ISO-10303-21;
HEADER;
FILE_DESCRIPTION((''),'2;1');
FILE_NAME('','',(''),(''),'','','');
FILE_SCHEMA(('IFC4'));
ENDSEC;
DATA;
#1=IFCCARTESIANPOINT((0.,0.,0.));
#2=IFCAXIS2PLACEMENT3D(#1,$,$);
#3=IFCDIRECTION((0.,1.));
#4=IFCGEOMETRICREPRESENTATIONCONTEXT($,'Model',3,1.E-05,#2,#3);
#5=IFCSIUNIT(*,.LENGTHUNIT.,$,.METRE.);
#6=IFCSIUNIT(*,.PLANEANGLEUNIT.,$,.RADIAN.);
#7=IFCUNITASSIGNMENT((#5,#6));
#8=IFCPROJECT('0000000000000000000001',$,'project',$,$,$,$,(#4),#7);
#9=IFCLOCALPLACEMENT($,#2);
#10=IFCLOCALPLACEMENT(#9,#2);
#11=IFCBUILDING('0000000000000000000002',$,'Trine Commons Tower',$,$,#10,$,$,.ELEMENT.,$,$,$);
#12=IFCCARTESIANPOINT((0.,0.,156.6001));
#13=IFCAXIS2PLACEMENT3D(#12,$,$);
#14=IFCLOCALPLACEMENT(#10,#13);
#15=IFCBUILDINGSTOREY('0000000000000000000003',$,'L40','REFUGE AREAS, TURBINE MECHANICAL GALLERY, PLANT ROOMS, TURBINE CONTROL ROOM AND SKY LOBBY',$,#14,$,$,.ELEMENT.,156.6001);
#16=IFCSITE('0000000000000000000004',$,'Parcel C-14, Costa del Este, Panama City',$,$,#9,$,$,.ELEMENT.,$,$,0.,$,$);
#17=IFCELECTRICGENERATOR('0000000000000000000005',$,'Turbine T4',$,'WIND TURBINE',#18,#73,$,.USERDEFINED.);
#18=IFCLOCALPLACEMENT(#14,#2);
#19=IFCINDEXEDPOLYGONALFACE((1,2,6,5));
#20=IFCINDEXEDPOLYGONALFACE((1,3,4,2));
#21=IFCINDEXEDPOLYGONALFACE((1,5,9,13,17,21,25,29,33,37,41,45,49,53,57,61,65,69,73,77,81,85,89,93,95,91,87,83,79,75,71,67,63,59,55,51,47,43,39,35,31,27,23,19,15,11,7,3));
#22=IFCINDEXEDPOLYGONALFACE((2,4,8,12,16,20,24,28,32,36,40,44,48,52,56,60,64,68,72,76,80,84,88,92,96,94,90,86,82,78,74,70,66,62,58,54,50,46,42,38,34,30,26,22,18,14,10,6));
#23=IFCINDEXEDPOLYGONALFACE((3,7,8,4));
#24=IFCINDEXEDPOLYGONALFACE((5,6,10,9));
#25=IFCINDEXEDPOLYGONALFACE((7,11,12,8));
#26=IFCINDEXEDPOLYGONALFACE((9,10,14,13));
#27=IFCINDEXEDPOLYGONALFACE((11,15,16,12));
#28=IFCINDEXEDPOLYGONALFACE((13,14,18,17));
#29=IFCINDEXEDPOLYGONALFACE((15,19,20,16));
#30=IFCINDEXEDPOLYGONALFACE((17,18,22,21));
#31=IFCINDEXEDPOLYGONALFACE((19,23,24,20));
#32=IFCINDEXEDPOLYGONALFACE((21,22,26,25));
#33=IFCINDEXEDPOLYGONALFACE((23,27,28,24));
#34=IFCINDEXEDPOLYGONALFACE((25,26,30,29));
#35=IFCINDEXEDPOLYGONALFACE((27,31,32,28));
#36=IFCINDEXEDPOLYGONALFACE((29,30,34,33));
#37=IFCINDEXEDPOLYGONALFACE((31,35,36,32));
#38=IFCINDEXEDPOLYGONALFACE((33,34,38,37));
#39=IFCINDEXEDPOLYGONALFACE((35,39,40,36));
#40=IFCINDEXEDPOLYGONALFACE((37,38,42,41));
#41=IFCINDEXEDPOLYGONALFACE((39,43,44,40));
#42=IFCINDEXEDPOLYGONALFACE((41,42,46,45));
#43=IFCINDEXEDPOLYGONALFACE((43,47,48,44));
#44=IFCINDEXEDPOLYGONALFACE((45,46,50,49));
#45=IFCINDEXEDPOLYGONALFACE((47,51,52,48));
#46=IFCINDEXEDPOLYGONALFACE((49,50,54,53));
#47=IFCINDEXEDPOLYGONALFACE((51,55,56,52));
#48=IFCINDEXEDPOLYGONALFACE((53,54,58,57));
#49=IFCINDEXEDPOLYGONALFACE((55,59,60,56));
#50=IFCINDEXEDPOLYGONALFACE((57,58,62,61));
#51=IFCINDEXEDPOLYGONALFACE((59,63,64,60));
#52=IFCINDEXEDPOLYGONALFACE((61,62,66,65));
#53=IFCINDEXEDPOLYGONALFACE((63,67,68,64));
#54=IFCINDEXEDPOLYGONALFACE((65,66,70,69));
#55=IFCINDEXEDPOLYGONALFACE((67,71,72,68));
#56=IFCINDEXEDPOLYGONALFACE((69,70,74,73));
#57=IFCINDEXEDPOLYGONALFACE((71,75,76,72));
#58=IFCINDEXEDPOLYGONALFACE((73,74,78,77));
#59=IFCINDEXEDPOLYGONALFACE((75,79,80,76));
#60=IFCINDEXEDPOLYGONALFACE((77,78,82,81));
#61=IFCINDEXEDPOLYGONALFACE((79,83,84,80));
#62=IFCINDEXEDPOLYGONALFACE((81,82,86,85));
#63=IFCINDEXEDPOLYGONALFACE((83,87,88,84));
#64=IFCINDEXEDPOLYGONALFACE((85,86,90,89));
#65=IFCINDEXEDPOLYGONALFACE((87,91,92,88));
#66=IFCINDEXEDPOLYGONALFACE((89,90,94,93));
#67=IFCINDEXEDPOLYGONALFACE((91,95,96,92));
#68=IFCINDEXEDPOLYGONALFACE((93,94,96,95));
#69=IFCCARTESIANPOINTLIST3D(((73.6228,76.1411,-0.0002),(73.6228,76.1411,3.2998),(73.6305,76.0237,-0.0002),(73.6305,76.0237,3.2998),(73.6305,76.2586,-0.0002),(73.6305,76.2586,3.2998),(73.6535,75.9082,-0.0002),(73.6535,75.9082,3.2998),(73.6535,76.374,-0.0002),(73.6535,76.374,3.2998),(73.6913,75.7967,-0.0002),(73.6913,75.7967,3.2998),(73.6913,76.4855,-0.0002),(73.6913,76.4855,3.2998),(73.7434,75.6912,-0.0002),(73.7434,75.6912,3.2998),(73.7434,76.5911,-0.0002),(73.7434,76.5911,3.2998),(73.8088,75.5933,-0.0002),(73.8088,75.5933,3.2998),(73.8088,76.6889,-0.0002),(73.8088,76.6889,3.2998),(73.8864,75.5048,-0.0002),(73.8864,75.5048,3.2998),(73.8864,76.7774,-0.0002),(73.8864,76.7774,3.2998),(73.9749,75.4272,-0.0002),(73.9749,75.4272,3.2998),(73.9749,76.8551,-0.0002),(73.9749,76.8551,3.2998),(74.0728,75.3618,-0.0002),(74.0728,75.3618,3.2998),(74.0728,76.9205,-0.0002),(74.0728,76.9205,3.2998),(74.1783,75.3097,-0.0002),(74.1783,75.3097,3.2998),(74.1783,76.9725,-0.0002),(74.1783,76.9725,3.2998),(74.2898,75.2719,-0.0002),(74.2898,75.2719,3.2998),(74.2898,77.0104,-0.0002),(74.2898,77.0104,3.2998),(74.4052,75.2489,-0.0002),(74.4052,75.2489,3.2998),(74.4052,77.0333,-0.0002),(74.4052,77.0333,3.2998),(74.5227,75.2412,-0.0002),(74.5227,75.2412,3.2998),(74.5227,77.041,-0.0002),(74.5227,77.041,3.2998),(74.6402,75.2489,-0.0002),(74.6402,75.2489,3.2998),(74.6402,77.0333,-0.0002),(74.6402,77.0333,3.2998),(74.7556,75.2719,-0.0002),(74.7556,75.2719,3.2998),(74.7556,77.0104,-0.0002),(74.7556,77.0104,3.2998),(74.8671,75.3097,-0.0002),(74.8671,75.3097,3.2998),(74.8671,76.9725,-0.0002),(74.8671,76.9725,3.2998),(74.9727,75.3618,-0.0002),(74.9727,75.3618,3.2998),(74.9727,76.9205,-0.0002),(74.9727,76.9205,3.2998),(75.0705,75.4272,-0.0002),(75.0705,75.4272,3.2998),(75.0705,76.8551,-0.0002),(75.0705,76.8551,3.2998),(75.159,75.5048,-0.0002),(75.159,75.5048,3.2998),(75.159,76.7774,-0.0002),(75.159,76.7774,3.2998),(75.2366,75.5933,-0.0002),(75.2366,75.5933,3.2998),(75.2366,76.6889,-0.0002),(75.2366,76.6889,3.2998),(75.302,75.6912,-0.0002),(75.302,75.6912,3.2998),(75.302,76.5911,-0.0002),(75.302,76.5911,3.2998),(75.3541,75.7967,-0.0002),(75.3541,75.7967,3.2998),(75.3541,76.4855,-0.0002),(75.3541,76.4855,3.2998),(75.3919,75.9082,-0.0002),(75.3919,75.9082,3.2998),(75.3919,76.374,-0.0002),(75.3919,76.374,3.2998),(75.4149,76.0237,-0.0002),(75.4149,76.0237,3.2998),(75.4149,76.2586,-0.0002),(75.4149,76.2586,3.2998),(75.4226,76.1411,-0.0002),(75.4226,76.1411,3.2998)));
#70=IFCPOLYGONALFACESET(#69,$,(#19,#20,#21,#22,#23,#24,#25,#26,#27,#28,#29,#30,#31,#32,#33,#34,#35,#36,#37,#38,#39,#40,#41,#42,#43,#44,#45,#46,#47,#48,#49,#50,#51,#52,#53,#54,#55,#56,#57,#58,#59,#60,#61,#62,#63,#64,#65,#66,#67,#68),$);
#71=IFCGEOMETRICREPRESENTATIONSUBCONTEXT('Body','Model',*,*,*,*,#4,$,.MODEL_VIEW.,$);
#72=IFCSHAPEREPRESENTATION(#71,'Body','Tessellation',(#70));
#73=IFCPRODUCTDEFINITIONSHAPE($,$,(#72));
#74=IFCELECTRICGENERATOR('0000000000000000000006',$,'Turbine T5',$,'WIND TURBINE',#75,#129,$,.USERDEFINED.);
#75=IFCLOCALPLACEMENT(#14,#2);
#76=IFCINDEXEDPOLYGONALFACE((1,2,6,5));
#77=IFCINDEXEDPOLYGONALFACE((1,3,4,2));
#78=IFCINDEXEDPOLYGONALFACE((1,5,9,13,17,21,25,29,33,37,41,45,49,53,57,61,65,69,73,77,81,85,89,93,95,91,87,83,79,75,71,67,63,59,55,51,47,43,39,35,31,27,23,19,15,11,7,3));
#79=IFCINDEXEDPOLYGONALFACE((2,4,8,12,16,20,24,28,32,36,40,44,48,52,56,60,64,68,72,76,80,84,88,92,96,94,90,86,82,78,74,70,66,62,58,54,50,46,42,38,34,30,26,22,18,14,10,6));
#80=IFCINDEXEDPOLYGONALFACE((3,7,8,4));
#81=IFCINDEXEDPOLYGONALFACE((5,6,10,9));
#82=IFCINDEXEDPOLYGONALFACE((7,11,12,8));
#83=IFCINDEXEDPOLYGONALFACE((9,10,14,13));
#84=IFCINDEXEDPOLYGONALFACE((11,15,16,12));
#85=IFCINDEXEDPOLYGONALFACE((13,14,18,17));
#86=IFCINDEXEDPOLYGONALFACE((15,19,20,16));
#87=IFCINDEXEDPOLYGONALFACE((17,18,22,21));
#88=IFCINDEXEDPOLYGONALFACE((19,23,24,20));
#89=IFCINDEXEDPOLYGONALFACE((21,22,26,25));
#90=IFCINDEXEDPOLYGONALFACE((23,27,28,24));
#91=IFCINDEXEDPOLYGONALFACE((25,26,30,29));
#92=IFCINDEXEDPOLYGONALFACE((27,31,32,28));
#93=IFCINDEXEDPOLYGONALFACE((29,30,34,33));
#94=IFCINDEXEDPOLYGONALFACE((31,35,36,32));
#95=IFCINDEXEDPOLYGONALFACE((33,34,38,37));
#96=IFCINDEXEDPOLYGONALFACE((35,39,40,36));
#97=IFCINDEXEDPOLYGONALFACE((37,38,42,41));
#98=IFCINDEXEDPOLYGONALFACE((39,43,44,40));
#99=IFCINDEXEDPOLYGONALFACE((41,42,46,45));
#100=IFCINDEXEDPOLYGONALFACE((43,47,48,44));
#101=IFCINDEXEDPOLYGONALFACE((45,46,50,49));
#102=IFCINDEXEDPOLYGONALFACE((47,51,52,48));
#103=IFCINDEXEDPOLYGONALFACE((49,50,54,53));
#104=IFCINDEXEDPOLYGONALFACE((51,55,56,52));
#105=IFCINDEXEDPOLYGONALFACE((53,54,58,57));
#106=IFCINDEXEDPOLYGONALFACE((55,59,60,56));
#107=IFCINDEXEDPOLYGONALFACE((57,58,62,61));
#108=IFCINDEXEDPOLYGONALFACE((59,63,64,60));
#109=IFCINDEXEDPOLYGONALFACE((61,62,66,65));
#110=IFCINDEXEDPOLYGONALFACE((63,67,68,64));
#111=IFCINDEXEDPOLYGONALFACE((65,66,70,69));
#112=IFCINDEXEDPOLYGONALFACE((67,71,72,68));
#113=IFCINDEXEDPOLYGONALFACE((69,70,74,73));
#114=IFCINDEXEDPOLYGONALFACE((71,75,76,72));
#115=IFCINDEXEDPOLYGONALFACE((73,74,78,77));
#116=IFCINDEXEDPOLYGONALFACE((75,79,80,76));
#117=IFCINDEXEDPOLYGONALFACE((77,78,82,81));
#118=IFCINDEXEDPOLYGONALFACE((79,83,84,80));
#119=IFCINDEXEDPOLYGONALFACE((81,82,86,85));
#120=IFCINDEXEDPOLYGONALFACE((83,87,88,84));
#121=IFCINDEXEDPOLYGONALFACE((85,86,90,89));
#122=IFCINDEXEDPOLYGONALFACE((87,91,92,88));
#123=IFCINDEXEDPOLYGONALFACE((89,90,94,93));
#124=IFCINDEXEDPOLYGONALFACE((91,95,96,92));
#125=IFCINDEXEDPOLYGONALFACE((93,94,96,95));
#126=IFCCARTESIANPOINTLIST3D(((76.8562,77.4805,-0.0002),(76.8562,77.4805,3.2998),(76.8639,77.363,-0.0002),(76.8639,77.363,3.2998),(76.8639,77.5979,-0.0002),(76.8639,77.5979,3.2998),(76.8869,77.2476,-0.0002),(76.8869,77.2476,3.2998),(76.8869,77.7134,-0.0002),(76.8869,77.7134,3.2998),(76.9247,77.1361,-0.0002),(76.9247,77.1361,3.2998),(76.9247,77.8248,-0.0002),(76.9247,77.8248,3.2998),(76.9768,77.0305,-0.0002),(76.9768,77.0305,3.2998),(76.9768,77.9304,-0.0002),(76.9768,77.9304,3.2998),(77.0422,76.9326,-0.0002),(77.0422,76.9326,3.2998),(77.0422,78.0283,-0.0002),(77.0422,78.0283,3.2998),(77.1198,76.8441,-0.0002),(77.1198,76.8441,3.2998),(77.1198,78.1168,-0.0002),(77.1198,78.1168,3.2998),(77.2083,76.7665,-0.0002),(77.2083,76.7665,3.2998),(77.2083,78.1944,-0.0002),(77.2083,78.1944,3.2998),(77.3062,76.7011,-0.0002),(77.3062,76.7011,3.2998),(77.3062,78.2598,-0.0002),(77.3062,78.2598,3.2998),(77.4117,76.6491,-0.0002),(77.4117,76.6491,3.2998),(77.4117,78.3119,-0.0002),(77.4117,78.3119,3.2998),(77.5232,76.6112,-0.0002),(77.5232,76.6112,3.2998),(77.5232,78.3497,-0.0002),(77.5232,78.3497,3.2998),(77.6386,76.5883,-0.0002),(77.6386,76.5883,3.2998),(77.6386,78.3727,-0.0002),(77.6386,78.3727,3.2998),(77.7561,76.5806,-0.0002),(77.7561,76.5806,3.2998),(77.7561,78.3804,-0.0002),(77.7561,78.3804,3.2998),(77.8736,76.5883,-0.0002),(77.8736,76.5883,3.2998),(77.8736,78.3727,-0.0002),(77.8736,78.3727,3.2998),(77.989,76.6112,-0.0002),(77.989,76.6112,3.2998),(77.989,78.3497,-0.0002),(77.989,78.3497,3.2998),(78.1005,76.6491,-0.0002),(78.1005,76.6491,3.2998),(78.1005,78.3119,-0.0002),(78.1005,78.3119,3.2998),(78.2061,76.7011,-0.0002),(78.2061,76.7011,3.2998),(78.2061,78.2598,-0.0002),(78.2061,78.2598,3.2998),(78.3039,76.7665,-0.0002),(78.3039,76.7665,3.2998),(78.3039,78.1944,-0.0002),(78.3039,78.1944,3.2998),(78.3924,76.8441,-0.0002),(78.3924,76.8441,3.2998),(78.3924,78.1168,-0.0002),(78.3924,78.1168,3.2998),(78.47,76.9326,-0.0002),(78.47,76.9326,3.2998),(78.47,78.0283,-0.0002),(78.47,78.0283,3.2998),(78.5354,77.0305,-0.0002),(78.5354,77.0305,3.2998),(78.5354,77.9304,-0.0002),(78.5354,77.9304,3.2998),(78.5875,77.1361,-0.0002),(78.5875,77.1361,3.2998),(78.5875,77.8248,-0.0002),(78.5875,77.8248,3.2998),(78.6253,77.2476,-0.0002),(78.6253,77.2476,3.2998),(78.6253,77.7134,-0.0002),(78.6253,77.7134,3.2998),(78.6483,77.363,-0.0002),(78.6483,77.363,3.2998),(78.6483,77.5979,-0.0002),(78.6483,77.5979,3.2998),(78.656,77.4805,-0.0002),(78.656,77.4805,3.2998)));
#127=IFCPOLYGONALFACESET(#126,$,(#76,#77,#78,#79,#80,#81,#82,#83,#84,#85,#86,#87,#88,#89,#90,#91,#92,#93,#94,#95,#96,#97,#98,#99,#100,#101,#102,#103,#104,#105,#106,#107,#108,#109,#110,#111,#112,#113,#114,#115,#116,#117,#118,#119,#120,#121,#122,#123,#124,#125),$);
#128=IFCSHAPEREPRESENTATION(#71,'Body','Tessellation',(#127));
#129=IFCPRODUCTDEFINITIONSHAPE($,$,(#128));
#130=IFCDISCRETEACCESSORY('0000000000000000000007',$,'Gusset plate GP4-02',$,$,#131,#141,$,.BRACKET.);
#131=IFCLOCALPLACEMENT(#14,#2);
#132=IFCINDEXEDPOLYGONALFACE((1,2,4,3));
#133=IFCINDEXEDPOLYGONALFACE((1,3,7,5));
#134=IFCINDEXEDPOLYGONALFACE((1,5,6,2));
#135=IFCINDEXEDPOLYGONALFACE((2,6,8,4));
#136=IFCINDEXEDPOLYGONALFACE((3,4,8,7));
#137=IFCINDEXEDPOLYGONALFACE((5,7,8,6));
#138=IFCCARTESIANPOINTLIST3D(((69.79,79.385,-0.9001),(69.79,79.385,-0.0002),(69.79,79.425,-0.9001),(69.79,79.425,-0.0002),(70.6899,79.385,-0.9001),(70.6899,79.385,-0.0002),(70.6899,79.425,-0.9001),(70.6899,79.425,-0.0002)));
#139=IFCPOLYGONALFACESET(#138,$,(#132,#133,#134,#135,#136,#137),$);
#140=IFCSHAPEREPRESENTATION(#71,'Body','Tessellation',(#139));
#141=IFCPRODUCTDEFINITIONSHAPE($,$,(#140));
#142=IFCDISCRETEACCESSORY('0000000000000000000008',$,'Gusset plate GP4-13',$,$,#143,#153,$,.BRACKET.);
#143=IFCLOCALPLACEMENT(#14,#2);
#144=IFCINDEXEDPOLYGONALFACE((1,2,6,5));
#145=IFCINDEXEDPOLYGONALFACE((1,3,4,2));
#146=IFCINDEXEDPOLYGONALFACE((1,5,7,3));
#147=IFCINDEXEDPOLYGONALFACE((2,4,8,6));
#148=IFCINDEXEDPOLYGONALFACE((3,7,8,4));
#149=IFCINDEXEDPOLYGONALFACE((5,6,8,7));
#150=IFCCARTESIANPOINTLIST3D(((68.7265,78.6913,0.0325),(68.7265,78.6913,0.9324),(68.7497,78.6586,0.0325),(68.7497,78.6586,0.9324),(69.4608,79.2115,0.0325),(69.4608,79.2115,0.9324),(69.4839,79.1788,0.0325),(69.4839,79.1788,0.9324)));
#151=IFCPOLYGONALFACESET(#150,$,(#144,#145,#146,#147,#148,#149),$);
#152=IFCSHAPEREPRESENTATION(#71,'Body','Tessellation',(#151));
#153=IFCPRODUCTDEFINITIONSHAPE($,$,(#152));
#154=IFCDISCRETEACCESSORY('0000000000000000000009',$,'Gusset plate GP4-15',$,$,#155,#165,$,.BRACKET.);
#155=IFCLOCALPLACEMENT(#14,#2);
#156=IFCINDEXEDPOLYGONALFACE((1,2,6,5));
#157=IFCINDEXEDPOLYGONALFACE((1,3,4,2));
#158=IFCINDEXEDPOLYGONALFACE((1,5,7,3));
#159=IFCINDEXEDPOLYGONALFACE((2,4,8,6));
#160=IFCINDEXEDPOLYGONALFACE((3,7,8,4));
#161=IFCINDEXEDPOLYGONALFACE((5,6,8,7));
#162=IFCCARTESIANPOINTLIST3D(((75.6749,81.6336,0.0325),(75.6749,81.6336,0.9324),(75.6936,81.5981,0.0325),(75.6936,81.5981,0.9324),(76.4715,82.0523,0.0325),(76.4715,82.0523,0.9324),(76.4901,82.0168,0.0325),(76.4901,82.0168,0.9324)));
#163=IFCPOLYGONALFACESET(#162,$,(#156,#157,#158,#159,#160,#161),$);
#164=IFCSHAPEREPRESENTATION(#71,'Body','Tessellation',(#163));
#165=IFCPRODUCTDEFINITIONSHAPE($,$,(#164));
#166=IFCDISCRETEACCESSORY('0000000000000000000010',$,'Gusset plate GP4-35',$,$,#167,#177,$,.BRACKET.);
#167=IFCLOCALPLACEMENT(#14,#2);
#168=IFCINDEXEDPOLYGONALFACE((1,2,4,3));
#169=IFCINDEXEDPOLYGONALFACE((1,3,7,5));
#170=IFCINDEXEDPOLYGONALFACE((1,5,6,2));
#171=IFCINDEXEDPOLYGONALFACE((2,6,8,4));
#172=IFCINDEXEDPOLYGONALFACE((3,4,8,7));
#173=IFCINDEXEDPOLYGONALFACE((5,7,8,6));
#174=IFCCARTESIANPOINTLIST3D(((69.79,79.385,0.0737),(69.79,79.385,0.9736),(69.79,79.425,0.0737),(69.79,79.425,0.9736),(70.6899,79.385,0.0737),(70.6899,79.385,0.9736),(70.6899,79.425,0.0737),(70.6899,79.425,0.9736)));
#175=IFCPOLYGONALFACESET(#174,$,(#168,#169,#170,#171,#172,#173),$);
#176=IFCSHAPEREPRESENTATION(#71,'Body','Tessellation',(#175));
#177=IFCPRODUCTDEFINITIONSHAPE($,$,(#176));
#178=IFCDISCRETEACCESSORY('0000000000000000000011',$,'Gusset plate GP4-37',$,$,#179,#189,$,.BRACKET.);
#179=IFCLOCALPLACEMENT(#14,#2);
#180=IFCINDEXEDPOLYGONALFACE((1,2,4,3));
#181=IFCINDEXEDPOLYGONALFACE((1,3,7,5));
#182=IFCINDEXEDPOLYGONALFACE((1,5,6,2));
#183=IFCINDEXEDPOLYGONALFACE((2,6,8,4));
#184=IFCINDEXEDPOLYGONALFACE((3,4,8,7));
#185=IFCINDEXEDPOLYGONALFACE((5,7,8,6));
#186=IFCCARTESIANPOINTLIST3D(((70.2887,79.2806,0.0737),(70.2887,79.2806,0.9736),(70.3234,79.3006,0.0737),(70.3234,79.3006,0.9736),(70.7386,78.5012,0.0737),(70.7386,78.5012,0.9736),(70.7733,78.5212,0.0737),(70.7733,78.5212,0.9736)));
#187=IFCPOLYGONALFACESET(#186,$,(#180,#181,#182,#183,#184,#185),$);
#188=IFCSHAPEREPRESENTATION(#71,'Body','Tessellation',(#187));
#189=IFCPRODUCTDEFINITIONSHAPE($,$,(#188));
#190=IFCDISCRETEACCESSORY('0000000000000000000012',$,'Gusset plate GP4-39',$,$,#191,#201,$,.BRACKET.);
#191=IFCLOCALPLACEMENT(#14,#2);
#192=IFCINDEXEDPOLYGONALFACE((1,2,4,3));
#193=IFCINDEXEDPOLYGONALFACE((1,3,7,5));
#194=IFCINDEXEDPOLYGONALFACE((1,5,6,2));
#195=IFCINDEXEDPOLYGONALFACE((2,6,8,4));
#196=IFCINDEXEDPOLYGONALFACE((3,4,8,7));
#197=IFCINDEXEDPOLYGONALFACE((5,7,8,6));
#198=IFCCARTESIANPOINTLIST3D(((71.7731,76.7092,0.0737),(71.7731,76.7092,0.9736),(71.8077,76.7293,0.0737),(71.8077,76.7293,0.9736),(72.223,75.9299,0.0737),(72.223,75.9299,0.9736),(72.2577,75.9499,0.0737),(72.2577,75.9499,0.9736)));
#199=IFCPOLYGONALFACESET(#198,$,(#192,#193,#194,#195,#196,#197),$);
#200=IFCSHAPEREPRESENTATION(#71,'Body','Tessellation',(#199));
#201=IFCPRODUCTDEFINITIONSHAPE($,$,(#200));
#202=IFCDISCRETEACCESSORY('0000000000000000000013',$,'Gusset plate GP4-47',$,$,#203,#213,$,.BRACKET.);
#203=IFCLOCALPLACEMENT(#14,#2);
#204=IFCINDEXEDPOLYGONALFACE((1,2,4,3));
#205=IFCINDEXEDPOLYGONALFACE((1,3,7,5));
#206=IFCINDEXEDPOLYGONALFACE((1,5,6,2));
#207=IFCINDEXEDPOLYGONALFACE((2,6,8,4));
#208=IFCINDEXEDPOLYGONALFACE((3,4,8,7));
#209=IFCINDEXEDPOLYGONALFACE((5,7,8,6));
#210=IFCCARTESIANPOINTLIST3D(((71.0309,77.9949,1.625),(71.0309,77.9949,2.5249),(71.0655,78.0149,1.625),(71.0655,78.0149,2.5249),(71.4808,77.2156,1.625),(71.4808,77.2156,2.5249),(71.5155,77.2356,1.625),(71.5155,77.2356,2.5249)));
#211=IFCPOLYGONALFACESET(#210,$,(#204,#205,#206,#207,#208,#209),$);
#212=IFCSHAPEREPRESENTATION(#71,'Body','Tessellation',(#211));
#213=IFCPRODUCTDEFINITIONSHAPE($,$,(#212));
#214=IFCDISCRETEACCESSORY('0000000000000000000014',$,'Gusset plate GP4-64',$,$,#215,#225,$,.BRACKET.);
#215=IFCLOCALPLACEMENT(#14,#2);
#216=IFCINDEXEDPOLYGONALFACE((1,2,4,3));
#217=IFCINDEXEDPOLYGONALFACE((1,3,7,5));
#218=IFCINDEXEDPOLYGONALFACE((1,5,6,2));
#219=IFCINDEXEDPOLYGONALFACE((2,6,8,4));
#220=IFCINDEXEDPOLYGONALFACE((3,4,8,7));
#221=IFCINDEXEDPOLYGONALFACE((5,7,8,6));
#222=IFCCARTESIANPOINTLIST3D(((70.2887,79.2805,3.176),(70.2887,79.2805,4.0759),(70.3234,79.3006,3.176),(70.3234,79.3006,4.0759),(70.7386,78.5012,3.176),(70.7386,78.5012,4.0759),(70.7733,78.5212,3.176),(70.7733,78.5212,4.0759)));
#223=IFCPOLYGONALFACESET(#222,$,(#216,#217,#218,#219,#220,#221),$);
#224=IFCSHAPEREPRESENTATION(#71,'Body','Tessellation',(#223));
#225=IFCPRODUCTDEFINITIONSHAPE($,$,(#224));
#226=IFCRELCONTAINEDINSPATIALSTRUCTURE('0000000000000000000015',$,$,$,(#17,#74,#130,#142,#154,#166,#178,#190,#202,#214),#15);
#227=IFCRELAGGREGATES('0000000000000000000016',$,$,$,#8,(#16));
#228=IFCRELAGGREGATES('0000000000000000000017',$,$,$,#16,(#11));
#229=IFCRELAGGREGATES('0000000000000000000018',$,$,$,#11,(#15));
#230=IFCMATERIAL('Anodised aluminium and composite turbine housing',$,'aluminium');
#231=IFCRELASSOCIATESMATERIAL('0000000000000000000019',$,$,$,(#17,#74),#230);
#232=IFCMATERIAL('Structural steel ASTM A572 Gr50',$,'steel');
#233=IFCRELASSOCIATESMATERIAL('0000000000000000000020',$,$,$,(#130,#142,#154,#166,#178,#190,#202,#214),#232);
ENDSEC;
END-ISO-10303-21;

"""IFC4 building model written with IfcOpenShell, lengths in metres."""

from ifc_helpers import new_model, si_unit, direction, frame, origin, origin_2d, place, context, subcontext, project, spatial, rectangle, circle, extrude, material, element, save


model = new_model("IFC4")

# Units and contexts
model_context = context("Model", 3, precision=1e-05, world=origin(), true_north=direction((0.0, 1.0)))
body_context = subcontext(model_context, "Body", "Model", "MODEL_VIEW")
ifc_project = project(units=[si_unit("LENGTHUNIT", "METRE"), si_unit("PLANEANGLEUNIT", "RADIAN")], contexts=[model_context])

# Site, building, storey
site_placement = place(None, origin())
site = spatial("IfcSite", under=ifc_project, at=site_placement, Name="Parcel C-14, Costa del Este, Panama City", CompositionType="ELEMENT", RefElevation=0.0)
building_placement = place(site_placement, origin())
building = spatial("IfcBuilding", under=site, at=building_placement, Name="Trine Commons Tower", CompositionType="ELEMENT")
storey_placement = place(building_placement, frame((0.0, 0.0, 156.6001)))
storey = spatial("IfcBuildingStorey", under=building, at=storey_placement, Name="L40", Description="REFUGE AREAS, TURBINE MECHANICAL GALLERY, PLANT ROOMS, TURBINE CONTROL ROOM AND SKY LOBBY", CompositionType="ELEMENT", Elevation=156.6001)

# Electric generators
ifc_material_1 = material(Name="Anodised aluminium and composite turbine housing", Category="aluminium")
for number, where, z_axis, x_axis, name in (
    (1, (74.5227, 76.1411, 3.2998), (0.0, 0.0, -1.0), (1.0, 0.0, 0.0), "Turbine T4"),
    (2, (77.7561, 77.4805, 3.2998), (0.0, 0.0, -1.0), (1.0, 0.0, 0.0), "Turbine T5"),
):
    element("IfcElectricGenerator", number, at=place(storey_placement, frame(where, z_axis=z_axis, x_axis=x_axis)), inside=storey, material=ifc_material_1, Name=name, ObjectType="WIND TURBINE", PredefinedType="USERDEFINED", context=body_context, shape_type="SweptSolid", body=[
        extrude(circle(Radius=0.8999, at=origin_2d()), origin(), (0.0, 0.0, 1.0), 3.3),
    ])

# Discrete accessories
ifc_material_2 = material(Name="Structural steel ASTM A572 Gr50", Category="steel")
for number, where, z_axis, x_axis, name in (
    (3, (70.24, 79.405, -0.9001), (0.0, 0.0, 1.0), (1.0, 0.0, 0.0), "Gusset plate GP4-02"),
    (4, (69.1052, 78.9351, 0.0325), (0.0, 0.0, 1.0), (-0.815966, -0.5781, 0.0), "Gusset plate GP4-13"),
    (5, (76.0825, 81.8252, 0.0325), (0.0, 0.0, 1.0), (-0.88515, -0.465306, 0.0), "Gusset plate GP4-15"),
    (6, (70.24, 79.405, 0.0737), (0.0, 0.0, 1.0), (1.0, 0.0, 0.0), "Gusset plate GP4-35"),
    (7, (70.531, 78.9009, 0.0737), (0.0, 0.0, 1.0), (-0.499955, 0.866052, 0.0), "Gusset plate GP4-37"),
    (8, (72.0154, 76.3296, 0.0737), (0.0, 0.0, 1.0), (-0.5, 0.866025, 0.0), "Gusset plate GP4-39"),
    (9, (71.2732, 77.6152, 1.625), (0.0, 0.0, 1.0), (-0.50003, 0.866008, 0.0), "Gusset plate GP4-47"),
    (10, (70.531, 78.9009, 3.176), (0.0, 0.0, 1.0), (-0.5, 0.866025, 0.0), "Gusset plate GP4-64"),
):
    element("IfcDiscreteAccessory", number, at=place(storey_placement, frame(where, z_axis=z_axis, x_axis=x_axis)), inside=storey, material=ifc_material_2, Name=name, PredefinedType="BRACKET", context=body_context, shape_type="SweptSolid", body=[
        extrude(rectangle(XDim=0.8999, YDim=0.04, at=origin_2d()), origin(), (0.0, 0.0, 1.0), 0.8999),
    ])

save(model, "model.ifc")
